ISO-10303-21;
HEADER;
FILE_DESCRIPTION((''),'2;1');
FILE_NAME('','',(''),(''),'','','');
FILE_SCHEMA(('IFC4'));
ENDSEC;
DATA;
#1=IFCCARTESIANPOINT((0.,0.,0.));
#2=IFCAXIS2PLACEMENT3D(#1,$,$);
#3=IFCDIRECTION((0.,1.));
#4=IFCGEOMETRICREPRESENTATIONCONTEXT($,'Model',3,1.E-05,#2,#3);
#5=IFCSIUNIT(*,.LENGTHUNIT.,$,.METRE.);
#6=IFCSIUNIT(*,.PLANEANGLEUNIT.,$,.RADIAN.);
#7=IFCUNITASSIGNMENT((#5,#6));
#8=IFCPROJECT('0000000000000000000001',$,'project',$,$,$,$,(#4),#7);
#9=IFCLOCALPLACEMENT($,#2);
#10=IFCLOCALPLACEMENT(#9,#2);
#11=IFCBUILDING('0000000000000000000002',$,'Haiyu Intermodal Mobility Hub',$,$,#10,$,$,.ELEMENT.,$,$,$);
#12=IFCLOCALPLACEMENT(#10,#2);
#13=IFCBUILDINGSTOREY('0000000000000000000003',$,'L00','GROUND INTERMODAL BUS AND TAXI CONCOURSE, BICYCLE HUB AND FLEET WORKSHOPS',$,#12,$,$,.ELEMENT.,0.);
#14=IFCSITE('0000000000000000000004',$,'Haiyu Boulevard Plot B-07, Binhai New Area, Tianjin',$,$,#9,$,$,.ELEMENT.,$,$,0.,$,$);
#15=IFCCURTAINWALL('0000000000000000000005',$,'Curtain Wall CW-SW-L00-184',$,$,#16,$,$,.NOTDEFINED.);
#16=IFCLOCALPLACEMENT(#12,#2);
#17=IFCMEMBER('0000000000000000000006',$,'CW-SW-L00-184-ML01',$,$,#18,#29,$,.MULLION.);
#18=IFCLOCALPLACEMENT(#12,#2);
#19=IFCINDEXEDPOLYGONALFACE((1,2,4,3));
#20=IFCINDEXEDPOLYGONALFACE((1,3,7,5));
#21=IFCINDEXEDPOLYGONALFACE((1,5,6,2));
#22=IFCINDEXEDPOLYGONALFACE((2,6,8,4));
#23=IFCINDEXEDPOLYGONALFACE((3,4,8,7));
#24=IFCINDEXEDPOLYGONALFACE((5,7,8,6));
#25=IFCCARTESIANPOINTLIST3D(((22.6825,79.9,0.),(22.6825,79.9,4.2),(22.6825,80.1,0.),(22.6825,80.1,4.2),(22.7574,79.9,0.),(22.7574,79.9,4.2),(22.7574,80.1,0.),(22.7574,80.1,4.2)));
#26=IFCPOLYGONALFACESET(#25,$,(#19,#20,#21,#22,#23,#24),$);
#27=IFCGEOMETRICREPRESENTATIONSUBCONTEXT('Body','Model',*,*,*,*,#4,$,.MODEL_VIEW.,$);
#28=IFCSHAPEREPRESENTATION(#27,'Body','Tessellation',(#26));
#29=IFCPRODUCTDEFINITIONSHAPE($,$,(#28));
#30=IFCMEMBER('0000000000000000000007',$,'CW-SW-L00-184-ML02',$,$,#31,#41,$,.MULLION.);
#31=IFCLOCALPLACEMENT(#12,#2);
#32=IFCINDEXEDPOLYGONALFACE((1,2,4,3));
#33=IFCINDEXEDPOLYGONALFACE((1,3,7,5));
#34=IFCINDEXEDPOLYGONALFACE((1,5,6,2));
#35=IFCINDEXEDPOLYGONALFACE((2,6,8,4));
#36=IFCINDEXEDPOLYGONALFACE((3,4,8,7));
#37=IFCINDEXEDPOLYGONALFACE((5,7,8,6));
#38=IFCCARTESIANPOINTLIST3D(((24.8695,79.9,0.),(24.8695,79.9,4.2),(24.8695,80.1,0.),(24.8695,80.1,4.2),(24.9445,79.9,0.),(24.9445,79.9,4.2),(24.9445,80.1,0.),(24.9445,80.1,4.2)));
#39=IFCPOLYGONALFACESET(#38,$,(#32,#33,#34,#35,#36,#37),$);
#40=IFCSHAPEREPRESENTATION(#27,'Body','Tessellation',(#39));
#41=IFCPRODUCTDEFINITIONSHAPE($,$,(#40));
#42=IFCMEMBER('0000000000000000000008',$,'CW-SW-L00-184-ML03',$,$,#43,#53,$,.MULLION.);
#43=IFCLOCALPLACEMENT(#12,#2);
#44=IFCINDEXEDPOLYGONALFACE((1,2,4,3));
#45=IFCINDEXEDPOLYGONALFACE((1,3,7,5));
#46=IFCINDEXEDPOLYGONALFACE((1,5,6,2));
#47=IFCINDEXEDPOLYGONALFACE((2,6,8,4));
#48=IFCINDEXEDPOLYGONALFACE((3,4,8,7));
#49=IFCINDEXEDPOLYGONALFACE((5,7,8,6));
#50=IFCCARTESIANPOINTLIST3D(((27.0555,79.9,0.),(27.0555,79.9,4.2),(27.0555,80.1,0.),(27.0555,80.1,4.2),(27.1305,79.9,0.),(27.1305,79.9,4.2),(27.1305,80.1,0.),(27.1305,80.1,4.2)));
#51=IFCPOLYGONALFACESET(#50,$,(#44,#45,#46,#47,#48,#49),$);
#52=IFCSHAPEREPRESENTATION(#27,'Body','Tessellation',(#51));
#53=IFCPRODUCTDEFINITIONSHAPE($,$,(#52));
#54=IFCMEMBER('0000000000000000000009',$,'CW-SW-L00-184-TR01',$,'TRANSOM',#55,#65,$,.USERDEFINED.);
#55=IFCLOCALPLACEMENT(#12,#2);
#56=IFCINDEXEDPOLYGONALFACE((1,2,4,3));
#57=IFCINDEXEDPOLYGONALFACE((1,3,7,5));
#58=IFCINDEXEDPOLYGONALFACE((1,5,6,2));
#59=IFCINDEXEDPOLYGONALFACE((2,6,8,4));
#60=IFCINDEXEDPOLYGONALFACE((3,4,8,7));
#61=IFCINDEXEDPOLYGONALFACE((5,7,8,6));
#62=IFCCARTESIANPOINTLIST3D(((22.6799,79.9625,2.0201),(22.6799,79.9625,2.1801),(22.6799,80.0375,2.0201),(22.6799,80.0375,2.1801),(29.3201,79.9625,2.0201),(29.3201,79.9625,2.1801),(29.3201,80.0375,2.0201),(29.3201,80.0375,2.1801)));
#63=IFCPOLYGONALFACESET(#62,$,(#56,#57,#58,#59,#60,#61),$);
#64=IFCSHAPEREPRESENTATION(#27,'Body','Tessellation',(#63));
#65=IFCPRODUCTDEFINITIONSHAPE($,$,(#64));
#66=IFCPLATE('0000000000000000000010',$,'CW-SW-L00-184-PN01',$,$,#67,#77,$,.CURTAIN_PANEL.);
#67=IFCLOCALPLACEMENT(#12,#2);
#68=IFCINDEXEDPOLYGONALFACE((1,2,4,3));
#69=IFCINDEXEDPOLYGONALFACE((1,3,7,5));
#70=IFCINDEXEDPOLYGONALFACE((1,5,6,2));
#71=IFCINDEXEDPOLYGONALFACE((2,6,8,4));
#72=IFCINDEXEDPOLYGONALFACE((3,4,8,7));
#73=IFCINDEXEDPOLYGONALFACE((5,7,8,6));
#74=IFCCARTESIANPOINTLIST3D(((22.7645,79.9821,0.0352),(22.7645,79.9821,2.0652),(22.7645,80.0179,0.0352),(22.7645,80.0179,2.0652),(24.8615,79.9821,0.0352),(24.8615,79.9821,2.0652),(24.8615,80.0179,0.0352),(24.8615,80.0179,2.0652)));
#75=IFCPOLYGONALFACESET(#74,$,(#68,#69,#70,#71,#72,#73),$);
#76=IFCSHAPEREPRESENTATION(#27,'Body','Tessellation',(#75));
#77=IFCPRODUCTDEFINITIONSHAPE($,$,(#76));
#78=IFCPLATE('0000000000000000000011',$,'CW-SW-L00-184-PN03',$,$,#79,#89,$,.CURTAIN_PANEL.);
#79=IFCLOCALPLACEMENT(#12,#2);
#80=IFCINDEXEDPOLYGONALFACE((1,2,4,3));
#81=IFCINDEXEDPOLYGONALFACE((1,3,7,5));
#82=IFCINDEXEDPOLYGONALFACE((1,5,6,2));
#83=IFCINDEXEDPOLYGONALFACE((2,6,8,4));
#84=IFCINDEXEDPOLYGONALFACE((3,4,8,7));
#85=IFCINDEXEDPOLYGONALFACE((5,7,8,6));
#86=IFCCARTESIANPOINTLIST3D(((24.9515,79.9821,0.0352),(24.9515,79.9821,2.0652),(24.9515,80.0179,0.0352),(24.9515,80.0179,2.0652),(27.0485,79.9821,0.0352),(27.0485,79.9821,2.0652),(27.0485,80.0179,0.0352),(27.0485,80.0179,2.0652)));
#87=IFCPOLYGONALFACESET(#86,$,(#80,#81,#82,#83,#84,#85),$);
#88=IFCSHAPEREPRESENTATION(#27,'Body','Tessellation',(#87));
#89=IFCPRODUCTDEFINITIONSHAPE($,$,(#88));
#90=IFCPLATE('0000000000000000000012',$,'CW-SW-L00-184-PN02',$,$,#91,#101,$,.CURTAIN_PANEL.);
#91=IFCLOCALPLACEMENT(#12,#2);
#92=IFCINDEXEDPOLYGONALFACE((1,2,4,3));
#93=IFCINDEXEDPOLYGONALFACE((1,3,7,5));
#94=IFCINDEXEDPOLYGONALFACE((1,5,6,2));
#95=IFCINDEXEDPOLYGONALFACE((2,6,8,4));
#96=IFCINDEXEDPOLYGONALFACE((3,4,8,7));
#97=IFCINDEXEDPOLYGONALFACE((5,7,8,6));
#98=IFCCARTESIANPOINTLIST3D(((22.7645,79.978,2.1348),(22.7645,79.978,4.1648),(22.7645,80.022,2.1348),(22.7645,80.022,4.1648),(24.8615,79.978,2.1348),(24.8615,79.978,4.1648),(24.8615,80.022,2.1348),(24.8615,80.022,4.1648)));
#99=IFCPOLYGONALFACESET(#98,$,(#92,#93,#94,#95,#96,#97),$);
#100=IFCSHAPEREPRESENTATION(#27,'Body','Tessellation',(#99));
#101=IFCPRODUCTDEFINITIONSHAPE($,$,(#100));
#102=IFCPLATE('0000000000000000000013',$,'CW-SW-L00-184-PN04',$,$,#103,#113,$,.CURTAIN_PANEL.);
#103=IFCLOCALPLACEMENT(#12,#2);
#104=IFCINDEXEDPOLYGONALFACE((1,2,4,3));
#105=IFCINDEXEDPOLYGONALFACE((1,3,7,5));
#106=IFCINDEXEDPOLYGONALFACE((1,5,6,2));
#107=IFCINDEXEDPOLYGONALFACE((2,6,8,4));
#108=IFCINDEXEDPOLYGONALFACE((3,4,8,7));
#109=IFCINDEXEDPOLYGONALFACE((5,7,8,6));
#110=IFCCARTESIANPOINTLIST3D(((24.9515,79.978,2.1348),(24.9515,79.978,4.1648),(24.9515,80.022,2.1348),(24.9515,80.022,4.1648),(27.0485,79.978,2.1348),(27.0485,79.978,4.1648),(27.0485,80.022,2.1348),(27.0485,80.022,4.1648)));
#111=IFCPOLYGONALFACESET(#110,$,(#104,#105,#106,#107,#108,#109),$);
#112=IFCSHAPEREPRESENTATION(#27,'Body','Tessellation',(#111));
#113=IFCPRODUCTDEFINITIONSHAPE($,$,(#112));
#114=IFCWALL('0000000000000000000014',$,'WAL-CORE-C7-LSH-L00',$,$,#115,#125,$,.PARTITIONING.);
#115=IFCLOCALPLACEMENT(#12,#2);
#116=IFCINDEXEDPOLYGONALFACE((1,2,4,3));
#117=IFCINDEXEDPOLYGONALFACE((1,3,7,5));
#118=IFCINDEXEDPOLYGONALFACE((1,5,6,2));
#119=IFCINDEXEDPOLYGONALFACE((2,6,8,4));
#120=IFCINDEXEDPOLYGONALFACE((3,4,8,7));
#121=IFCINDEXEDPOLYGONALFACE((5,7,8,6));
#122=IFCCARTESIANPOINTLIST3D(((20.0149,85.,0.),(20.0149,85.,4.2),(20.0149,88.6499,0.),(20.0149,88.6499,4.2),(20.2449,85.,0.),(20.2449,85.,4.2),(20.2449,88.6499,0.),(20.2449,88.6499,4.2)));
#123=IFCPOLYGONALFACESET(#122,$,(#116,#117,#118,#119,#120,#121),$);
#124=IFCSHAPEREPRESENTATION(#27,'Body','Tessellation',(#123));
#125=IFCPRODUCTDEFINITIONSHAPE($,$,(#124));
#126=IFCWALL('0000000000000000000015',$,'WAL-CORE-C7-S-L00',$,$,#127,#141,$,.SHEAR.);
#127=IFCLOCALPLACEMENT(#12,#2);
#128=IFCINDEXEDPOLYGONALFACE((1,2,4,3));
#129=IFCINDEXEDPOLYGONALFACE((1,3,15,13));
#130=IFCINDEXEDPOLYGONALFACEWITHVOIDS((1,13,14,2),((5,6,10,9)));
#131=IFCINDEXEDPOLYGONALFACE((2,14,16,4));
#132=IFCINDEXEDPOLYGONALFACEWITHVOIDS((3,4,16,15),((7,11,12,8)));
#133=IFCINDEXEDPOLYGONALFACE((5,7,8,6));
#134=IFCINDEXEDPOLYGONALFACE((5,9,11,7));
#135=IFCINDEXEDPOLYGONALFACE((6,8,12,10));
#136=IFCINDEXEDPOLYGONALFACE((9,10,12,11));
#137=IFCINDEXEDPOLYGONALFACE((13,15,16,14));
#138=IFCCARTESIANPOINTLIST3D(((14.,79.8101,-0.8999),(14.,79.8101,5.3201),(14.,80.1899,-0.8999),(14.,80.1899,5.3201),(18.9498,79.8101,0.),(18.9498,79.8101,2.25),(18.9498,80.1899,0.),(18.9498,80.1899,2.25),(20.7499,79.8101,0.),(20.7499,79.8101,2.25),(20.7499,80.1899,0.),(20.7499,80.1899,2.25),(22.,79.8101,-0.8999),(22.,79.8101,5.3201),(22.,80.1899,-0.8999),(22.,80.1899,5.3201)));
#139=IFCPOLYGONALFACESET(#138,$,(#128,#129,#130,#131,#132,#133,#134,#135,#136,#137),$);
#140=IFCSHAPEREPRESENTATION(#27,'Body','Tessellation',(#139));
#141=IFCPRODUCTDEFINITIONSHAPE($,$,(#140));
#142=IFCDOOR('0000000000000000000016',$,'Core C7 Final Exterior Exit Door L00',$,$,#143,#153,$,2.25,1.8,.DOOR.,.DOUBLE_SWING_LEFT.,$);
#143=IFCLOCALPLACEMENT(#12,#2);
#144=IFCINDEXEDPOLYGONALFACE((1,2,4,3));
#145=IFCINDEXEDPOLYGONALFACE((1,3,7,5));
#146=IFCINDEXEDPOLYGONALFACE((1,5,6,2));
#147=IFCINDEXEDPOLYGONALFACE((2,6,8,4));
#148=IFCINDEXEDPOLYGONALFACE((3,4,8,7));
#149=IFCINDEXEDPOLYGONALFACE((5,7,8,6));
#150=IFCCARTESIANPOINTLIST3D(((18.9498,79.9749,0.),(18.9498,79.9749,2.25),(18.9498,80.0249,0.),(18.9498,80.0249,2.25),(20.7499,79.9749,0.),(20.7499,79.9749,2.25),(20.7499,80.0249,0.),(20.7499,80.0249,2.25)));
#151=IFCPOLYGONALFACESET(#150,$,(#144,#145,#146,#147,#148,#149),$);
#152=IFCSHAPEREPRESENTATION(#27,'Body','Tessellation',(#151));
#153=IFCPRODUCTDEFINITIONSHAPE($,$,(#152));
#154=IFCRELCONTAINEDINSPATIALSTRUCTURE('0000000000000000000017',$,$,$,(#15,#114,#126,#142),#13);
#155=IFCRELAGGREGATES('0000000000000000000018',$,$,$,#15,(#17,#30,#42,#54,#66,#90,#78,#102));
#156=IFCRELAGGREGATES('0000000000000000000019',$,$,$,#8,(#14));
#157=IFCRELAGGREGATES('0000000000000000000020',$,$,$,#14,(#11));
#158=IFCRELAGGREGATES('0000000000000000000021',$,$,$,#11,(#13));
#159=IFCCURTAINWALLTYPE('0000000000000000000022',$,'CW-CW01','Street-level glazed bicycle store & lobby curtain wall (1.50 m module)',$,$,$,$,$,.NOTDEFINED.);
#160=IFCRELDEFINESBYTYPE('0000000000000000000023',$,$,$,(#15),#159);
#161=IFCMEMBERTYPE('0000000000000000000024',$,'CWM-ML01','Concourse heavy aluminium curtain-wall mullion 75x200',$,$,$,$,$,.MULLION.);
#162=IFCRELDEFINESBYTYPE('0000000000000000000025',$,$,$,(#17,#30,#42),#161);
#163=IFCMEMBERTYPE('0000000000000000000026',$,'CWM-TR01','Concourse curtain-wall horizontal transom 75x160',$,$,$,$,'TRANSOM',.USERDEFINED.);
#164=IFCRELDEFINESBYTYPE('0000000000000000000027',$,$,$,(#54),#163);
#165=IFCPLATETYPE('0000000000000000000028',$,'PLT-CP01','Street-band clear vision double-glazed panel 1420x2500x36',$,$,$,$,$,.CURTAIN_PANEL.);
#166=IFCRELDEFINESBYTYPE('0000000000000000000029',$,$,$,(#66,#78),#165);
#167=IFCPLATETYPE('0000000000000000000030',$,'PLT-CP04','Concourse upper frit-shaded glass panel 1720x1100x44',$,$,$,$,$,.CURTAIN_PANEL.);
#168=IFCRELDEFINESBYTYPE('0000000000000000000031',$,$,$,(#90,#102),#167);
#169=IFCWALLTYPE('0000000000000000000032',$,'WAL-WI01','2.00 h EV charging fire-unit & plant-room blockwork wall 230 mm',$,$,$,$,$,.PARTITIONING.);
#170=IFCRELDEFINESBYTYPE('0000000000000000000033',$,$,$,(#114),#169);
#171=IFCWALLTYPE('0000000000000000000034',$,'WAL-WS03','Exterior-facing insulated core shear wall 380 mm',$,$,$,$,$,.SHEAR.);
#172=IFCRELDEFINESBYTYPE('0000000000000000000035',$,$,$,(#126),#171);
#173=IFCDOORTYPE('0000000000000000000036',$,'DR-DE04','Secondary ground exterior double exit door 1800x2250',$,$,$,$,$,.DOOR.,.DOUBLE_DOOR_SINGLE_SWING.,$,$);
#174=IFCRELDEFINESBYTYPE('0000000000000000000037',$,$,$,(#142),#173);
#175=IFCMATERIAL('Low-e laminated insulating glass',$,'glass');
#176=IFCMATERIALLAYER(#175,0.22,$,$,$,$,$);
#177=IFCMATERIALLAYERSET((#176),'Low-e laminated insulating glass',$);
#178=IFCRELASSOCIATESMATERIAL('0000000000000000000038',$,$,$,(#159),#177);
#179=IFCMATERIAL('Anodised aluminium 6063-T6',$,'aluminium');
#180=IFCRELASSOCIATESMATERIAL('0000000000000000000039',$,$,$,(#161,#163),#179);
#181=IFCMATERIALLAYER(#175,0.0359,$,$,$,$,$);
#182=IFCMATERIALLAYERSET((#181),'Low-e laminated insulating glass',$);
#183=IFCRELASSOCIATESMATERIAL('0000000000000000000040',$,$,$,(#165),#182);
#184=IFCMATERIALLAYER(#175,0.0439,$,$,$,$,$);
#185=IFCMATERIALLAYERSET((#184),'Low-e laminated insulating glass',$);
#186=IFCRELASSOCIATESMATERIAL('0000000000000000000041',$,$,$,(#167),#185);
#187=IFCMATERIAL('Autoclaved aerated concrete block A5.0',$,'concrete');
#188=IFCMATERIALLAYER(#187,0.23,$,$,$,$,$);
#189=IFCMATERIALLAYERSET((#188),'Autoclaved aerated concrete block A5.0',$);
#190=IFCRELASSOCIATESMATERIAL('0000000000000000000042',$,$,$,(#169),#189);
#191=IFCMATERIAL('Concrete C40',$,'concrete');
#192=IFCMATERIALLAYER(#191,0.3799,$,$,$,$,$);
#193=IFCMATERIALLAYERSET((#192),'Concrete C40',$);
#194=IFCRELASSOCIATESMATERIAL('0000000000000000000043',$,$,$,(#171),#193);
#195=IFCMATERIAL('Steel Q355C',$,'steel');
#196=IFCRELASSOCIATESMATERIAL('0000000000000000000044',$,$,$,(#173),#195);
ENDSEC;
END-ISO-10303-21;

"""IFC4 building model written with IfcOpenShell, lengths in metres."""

from ifc_helpers import new_model, si_unit, direction, frame, frame_2d, origin, origin_2d, place, context, subcontext, project, spatial, rectangle, extrude, material, layer, layer_set, material_profile, profile_set, type_object, element, fill, aggregate, save


model = new_model("IFC4")

# Units and contexts
model_context = context("Model", 3, precision=1e-05, world=origin(), true_north=direction((0.0, 1.0)))
body_context = subcontext(model_context, "Body", "Model", "MODEL_VIEW")
ifc_project = project(units=[si_unit("LENGTHUNIT", "METRE"), si_unit("PLANEANGLEUNIT", "RADIAN")], contexts=[model_context])

# Site, building, storey
site_placement = place(None, origin())
site = spatial("IfcSite", under=ifc_project, at=site_placement, Name="Haiyu Boulevard Plot B-07, Binhai New Area, Tianjin", CompositionType="ELEMENT", RefElevation=0.0)
building_placement = place(site_placement, origin())
building = spatial("IfcBuilding", under=site, at=building_placement, Name="Haiyu Intermodal Mobility Hub", CompositionType="ELEMENT")
storey_placement = place(building_placement, origin())
storey = spatial("IfcBuildingStorey", under=building, at=storey_placement, Name="L00", Description="GROUND INTERMODAL BUS AND TAXI CONCOURSE, BICYCLE HUB AND FLEET WORKSHOPS", CompositionType="ELEMENT", Elevation=0.0)

# Shared definitions
ifc_material_1 = material(Name="Concrete C40", Category="concrete")

# Shared definitions
ifc_material_2 = material(Name="Steel Q355C", Category="steel")

# Curtain wall, members, plates
ifc_material_3 = material(Name="Low-e laminated insulating glass", Category="glass")
ifc_layer_1 = layer(ifc_material_3, 0.22)
ifc_layer_set_1 = layer_set([ifc_layer_1], Name="Low-e laminated insulating glass")
curtain_wall_type = type_object("IfcCurtainWallType", Name="CW-CW01", Description="Street-level glazed bicycle store & lobby curtain wall (1.50 m module)", PredefinedType="NOTDEFINED", material=ifc_layer_set_1)
curtain_wall_placement = place(storey_placement, origin())
curtain_wall = element("IfcCurtainWall", 1, at=curtain_wall_placement, inside=storey, type_object=curtain_wall_type, Name="Curtain Wall CW-SW-L00-184", PredefinedType="NOTDEFINED")
ifc_material_4 = material(Name="Anodised aluminium 6063-T6", Category="aluminium")
ifc_material_profile_1 = material_profile(ifc_material_4, rectangle(XDim=0.075, YDim=0.2, at=origin_2d()), Name="ALU75x200")
ifc_profile_set_1 = profile_set([ifc_material_profile_1], Name="Anodised aluminium 6063-T6")
member_type_1 = type_object("IfcMemberType", Name="CWM-ML01", Description="Concourse heavy aluminium curtain-wall mullion 75x200", PredefinedType="MULLION", material=ifc_profile_set_1)
member_1_placement = place(storey_placement, frame((22.72, 80.0, 0.0), z_axis=(0.0, 0.0, 1.0), x_axis=(1.0, 0.0, 0.0)))
member_1 = element("IfcMember", 2, at=member_1_placement, type_object=member_type_1, Name="CW-SW-L00-184-ML01", PredefinedType="MULLION", context=body_context, shape_type="SweptSolid", body=[
    extrude(rectangle(XDim=0.075, YDim=0.2, at=origin_2d()), origin(), (0.0, 0.0, 1.0), 4.2),
])
member_2_placement = place(storey_placement, frame((24.907, 80.0, 0.0), z_axis=(0.0, 0.0, 1.0), x_axis=(1.0, 0.0, 0.0)))
member_2 = element("IfcMember", 3, at=member_2_placement, type_object=member_type_1, Name="CW-SW-L00-184-ML02", PredefinedType="MULLION", context=body_context, shape_type="SweptSolid", body=[
    extrude(rectangle(XDim=0.075, YDim=0.2, at=origin_2d()), origin(), (0.0, 0.0, 1.0), 4.2),
])
member_3_placement = place(storey_placement, frame((27.093, 80.0, 0.0), z_axis=(0.0, 0.0, 1.0), x_axis=(1.0, 0.0, 0.0)))
member_3 = element("IfcMember", 4, at=member_3_placement, type_object=member_type_1, Name="CW-SW-L00-184-ML03", PredefinedType="MULLION", context=body_context, shape_type="SweptSolid", body=[
    extrude(rectangle(XDim=0.075, YDim=0.2, at=origin_2d()), origin(), (0.0, 0.0, 1.0), 4.2),
])
ifc_material_profile_2 = material_profile(ifc_material_4, rectangle(XDim=0.075, YDim=0.1599, at=origin_2d()), Name="ALU75x160")
ifc_profile_set_2 = profile_set([ifc_material_profile_2], Name="Anodised aluminium 6063-T6")
member_type_2 = type_object("IfcMemberType", Name="CWM-TR01", Description="Concourse curtain-wall horizontal transom 75x160", ElementType="TRANSOM", PredefinedType="USERDEFINED", material=ifc_profile_set_2)
member_4_placement = place(storey_placement, frame((22.6799, 80.0, 2.1001), z_axis=(1.0, 0.0, 0.0), x_axis=(0.0, 1.0, 0.0)))
member_4 = element("IfcMember", 5, at=member_4_placement, type_object=member_type_2, Name="CW-SW-L00-184-TR01", ObjectType="TRANSOM", PredefinedType="USERDEFINED", context=body_context, shape_type="SweptSolid", body=[
    extrude(rectangle(XDim=0.075, YDim=0.1599, at=origin_2d()), origin(), (0.0, 0.0, 1.0), 6.6401),
])
ifc_layer_2 = layer(ifc_material_3, 0.0359)
ifc_layer_set_2 = layer_set([ifc_layer_2], Name="Low-e laminated insulating glass")
plate_type_1 = type_object("IfcPlateType", Name="PLT-CP01", Description="Street-band clear vision double-glazed panel 1420x2500x36", PredefinedType="CURTAIN_PANEL", material=ifc_layer_set_2)
plate_1_placement = place(storey_placement, frame((23.813, 80.0, 0.0352), z_axis=(0.0, 0.0, 1.0), x_axis=(1.0, 0.0, 0.0)))
plate_1 = element("IfcPlate", 6, at=plate_1_placement, type_object=plate_type_1, Name="CW-SW-L00-184-PN01", PredefinedType="CURTAIN_PANEL", context=body_context, shape_type="SweptSolid", body=[
    extrude(rectangle(XDim=2.0969, YDim=0.0359, at=origin_2d()), origin(), (0.0, 0.0, 1.0), 2.03),
])
plate_2_placement = place(storey_placement, frame((26.0, 80.0, 0.0352), z_axis=(0.0, 0.0, 1.0), x_axis=(1.0, 0.0, 0.0)))
plate_2 = element("IfcPlate", 7, at=plate_2_placement, type_object=plate_type_1, Name="CW-SW-L00-184-PN03", PredefinedType="CURTAIN_PANEL", context=body_context, shape_type="SweptSolid", body=[
    extrude(rectangle(XDim=2.0969, YDim=0.0359, at=origin_2d()), origin(), (0.0, 0.0, 1.0), 2.03),
])
ifc_layer_3 = layer(ifc_material_3, 0.0439)
ifc_layer_set_3 = layer_set([ifc_layer_3], Name="Low-e laminated insulating glass")
plate_type_2 = type_object("IfcPlateType", Name="PLT-CP04", Description="Concourse upper frit-shaded glass panel 1720x1100x44", PredefinedType="CURTAIN_PANEL", material=ifc_layer_set_3)
plate_3_placement = place(storey_placement, frame((23.813, 80.0, 2.1348), z_axis=(0.0, 0.0, 1.0), x_axis=(1.0, 0.0, 0.0)))
plate_3 = element("IfcPlate", 8, at=plate_3_placement, type_object=plate_type_2, Name="CW-SW-L00-184-PN02", PredefinedType="CURTAIN_PANEL", context=body_context, shape_type="SweptSolid", body=[
    extrude(rectangle(XDim=2.0969, YDim=0.0439, at=origin_2d()), origin(), (0.0, 0.0, 1.0), 2.03),
])
plate_4_placement = place(storey_placement, frame((26.0, 80.0, 2.1348), z_axis=(0.0, 0.0, 1.0), x_axis=(1.0, 0.0, 0.0)))
plate_4 = element("IfcPlate", 9, at=plate_4_placement, type_object=plate_type_2, Name="CW-SW-L00-184-PN04", PredefinedType="CURTAIN_PANEL", context=body_context, shape_type="SweptSolid", body=[
    extrude(rectangle(XDim=2.0969, YDim=0.0439, at=origin_2d()), origin(), (0.0, 0.0, 1.0), 2.03),
])
aggregate(curtain_wall, [member_1, member_2, member_3, member_4, plate_1, plate_3, plate_2, plate_4])

# Wall
ifc_material_5 = material(Name="Autoclaved aerated concrete block A5.0", Category="concrete")
ifc_layer_4 = layer(ifc_material_5, 0.23)
ifc_layer_set_4 = layer_set([ifc_layer_4], Name="Autoclaved aerated concrete block A5.0")
wall_type_1 = type_object("IfcWallType", Name="WAL-WI01", Description="2.00 h EV charging fire-unit & plant-room blockwork wall 230 mm", PredefinedType="PARTITIONING", material=ifc_layer_set_4)
wall_1_placement = place(storey_placement, frame((20.1299, 85.0, 0.0), z_axis=(0.0, 0.0, 1.0), x_axis=(0.0, 1.0, 0.0)))
element("IfcWall", 10, at=wall_1_placement, inside=storey, type_object=wall_type_1, Name="WAL-CORE-C7-LSH-L00", PredefinedType="PARTITIONING", context=body_context, shape_type="SweptSolid", body=[
    extrude(rectangle(XDim=3.6499, YDim=0.23, at=frame_2d((1.825, 0.0))), origin(), (0.0, 0.0, 1.0), 4.2),
])

# Wall, opening, door
ifc_layer_5 = layer(ifc_material_1, 0.3799)
ifc_layer_set_5 = layer_set([ifc_layer_5], Name="Concrete C40")
wall_type_2 = type_object("IfcWallType", Name="WAL-WS03", Description="Exterior-facing insulated core shear wall 380 mm", PredefinedType="SHEAR", material=ifc_layer_set_5)
wall_2_placement = place(storey_placement, frame((14.0, 80.0, -0.8999), z_axis=(0.0, 0.0, 1.0), x_axis=(1.0, 0.0, 0.0)))
wall_2 = element("IfcWall", 11, at=wall_2_placement, inside=storey, type_object=wall_type_2, Name="WAL-CORE-C7-S-L00", PredefinedType="SHEAR", context=body_context, shape_type="SweptSolid", body=[
    extrude(rectangle(XDim=8.0, YDim=0.3799, at=frame_2d((4.0, 0.0))), origin(), (0.0, 0.0, 1.0), 6.22),
])
opening_1_placement = place(wall_2_placement, frame((4.95, 0.0, 0.8999)))
opening_1 = element("IfcOpeningElement", 12, at=opening_1_placement, cuts=wall_2, PredefinedType="OPENING", context=body_context, shape_type="SweptSolid", body=[
    extrude(rectangle(XDim=1.8, YDim=2.25, at=frame_2d((0.8999, 1.125))), frame((0.0, 0.2, 0.0), z_axis=(0.0, -1.0, 0.0), x_axis=(1.0, 0.0, 0.0)), (0.0, 0.0, 1.0), 0.3999),
])
door_type_1 = type_object("IfcDoorType", Name="DR-DE04", Description="Secondary ground exterior double exit door 1800x2250", OperationType="DOUBLE_DOOR_SINGLE_SWING", PredefinedType="DOOR", material=ifc_material_2)
door_1_placement = place(opening_1_placement, origin())
door_1 = element("IfcDoor", 13, at=door_1_placement, inside=storey, type_object=door_type_1, Name="Core C7 Final Exterior Exit Door L00", OperationType="DOUBLE_SWING_LEFT", OverallHeight=2.25, OverallWidth=1.8, PredefinedType="DOOR", context=body_context, shape_type="SweptSolid", body=[
    extrude(rectangle(XDim=1.8, YDim=2.25, at=frame_2d((0.8999, 1.125))), frame((0.0, 0.0249, 0.0), z_axis=(0.0, -1.0, 0.0), x_axis=(1.0, 0.0, 0.0)), (0.0, 0.0, 1.0), 0.05),
])
fill(opening_1, door_1)

save(model, "model.ifc")
